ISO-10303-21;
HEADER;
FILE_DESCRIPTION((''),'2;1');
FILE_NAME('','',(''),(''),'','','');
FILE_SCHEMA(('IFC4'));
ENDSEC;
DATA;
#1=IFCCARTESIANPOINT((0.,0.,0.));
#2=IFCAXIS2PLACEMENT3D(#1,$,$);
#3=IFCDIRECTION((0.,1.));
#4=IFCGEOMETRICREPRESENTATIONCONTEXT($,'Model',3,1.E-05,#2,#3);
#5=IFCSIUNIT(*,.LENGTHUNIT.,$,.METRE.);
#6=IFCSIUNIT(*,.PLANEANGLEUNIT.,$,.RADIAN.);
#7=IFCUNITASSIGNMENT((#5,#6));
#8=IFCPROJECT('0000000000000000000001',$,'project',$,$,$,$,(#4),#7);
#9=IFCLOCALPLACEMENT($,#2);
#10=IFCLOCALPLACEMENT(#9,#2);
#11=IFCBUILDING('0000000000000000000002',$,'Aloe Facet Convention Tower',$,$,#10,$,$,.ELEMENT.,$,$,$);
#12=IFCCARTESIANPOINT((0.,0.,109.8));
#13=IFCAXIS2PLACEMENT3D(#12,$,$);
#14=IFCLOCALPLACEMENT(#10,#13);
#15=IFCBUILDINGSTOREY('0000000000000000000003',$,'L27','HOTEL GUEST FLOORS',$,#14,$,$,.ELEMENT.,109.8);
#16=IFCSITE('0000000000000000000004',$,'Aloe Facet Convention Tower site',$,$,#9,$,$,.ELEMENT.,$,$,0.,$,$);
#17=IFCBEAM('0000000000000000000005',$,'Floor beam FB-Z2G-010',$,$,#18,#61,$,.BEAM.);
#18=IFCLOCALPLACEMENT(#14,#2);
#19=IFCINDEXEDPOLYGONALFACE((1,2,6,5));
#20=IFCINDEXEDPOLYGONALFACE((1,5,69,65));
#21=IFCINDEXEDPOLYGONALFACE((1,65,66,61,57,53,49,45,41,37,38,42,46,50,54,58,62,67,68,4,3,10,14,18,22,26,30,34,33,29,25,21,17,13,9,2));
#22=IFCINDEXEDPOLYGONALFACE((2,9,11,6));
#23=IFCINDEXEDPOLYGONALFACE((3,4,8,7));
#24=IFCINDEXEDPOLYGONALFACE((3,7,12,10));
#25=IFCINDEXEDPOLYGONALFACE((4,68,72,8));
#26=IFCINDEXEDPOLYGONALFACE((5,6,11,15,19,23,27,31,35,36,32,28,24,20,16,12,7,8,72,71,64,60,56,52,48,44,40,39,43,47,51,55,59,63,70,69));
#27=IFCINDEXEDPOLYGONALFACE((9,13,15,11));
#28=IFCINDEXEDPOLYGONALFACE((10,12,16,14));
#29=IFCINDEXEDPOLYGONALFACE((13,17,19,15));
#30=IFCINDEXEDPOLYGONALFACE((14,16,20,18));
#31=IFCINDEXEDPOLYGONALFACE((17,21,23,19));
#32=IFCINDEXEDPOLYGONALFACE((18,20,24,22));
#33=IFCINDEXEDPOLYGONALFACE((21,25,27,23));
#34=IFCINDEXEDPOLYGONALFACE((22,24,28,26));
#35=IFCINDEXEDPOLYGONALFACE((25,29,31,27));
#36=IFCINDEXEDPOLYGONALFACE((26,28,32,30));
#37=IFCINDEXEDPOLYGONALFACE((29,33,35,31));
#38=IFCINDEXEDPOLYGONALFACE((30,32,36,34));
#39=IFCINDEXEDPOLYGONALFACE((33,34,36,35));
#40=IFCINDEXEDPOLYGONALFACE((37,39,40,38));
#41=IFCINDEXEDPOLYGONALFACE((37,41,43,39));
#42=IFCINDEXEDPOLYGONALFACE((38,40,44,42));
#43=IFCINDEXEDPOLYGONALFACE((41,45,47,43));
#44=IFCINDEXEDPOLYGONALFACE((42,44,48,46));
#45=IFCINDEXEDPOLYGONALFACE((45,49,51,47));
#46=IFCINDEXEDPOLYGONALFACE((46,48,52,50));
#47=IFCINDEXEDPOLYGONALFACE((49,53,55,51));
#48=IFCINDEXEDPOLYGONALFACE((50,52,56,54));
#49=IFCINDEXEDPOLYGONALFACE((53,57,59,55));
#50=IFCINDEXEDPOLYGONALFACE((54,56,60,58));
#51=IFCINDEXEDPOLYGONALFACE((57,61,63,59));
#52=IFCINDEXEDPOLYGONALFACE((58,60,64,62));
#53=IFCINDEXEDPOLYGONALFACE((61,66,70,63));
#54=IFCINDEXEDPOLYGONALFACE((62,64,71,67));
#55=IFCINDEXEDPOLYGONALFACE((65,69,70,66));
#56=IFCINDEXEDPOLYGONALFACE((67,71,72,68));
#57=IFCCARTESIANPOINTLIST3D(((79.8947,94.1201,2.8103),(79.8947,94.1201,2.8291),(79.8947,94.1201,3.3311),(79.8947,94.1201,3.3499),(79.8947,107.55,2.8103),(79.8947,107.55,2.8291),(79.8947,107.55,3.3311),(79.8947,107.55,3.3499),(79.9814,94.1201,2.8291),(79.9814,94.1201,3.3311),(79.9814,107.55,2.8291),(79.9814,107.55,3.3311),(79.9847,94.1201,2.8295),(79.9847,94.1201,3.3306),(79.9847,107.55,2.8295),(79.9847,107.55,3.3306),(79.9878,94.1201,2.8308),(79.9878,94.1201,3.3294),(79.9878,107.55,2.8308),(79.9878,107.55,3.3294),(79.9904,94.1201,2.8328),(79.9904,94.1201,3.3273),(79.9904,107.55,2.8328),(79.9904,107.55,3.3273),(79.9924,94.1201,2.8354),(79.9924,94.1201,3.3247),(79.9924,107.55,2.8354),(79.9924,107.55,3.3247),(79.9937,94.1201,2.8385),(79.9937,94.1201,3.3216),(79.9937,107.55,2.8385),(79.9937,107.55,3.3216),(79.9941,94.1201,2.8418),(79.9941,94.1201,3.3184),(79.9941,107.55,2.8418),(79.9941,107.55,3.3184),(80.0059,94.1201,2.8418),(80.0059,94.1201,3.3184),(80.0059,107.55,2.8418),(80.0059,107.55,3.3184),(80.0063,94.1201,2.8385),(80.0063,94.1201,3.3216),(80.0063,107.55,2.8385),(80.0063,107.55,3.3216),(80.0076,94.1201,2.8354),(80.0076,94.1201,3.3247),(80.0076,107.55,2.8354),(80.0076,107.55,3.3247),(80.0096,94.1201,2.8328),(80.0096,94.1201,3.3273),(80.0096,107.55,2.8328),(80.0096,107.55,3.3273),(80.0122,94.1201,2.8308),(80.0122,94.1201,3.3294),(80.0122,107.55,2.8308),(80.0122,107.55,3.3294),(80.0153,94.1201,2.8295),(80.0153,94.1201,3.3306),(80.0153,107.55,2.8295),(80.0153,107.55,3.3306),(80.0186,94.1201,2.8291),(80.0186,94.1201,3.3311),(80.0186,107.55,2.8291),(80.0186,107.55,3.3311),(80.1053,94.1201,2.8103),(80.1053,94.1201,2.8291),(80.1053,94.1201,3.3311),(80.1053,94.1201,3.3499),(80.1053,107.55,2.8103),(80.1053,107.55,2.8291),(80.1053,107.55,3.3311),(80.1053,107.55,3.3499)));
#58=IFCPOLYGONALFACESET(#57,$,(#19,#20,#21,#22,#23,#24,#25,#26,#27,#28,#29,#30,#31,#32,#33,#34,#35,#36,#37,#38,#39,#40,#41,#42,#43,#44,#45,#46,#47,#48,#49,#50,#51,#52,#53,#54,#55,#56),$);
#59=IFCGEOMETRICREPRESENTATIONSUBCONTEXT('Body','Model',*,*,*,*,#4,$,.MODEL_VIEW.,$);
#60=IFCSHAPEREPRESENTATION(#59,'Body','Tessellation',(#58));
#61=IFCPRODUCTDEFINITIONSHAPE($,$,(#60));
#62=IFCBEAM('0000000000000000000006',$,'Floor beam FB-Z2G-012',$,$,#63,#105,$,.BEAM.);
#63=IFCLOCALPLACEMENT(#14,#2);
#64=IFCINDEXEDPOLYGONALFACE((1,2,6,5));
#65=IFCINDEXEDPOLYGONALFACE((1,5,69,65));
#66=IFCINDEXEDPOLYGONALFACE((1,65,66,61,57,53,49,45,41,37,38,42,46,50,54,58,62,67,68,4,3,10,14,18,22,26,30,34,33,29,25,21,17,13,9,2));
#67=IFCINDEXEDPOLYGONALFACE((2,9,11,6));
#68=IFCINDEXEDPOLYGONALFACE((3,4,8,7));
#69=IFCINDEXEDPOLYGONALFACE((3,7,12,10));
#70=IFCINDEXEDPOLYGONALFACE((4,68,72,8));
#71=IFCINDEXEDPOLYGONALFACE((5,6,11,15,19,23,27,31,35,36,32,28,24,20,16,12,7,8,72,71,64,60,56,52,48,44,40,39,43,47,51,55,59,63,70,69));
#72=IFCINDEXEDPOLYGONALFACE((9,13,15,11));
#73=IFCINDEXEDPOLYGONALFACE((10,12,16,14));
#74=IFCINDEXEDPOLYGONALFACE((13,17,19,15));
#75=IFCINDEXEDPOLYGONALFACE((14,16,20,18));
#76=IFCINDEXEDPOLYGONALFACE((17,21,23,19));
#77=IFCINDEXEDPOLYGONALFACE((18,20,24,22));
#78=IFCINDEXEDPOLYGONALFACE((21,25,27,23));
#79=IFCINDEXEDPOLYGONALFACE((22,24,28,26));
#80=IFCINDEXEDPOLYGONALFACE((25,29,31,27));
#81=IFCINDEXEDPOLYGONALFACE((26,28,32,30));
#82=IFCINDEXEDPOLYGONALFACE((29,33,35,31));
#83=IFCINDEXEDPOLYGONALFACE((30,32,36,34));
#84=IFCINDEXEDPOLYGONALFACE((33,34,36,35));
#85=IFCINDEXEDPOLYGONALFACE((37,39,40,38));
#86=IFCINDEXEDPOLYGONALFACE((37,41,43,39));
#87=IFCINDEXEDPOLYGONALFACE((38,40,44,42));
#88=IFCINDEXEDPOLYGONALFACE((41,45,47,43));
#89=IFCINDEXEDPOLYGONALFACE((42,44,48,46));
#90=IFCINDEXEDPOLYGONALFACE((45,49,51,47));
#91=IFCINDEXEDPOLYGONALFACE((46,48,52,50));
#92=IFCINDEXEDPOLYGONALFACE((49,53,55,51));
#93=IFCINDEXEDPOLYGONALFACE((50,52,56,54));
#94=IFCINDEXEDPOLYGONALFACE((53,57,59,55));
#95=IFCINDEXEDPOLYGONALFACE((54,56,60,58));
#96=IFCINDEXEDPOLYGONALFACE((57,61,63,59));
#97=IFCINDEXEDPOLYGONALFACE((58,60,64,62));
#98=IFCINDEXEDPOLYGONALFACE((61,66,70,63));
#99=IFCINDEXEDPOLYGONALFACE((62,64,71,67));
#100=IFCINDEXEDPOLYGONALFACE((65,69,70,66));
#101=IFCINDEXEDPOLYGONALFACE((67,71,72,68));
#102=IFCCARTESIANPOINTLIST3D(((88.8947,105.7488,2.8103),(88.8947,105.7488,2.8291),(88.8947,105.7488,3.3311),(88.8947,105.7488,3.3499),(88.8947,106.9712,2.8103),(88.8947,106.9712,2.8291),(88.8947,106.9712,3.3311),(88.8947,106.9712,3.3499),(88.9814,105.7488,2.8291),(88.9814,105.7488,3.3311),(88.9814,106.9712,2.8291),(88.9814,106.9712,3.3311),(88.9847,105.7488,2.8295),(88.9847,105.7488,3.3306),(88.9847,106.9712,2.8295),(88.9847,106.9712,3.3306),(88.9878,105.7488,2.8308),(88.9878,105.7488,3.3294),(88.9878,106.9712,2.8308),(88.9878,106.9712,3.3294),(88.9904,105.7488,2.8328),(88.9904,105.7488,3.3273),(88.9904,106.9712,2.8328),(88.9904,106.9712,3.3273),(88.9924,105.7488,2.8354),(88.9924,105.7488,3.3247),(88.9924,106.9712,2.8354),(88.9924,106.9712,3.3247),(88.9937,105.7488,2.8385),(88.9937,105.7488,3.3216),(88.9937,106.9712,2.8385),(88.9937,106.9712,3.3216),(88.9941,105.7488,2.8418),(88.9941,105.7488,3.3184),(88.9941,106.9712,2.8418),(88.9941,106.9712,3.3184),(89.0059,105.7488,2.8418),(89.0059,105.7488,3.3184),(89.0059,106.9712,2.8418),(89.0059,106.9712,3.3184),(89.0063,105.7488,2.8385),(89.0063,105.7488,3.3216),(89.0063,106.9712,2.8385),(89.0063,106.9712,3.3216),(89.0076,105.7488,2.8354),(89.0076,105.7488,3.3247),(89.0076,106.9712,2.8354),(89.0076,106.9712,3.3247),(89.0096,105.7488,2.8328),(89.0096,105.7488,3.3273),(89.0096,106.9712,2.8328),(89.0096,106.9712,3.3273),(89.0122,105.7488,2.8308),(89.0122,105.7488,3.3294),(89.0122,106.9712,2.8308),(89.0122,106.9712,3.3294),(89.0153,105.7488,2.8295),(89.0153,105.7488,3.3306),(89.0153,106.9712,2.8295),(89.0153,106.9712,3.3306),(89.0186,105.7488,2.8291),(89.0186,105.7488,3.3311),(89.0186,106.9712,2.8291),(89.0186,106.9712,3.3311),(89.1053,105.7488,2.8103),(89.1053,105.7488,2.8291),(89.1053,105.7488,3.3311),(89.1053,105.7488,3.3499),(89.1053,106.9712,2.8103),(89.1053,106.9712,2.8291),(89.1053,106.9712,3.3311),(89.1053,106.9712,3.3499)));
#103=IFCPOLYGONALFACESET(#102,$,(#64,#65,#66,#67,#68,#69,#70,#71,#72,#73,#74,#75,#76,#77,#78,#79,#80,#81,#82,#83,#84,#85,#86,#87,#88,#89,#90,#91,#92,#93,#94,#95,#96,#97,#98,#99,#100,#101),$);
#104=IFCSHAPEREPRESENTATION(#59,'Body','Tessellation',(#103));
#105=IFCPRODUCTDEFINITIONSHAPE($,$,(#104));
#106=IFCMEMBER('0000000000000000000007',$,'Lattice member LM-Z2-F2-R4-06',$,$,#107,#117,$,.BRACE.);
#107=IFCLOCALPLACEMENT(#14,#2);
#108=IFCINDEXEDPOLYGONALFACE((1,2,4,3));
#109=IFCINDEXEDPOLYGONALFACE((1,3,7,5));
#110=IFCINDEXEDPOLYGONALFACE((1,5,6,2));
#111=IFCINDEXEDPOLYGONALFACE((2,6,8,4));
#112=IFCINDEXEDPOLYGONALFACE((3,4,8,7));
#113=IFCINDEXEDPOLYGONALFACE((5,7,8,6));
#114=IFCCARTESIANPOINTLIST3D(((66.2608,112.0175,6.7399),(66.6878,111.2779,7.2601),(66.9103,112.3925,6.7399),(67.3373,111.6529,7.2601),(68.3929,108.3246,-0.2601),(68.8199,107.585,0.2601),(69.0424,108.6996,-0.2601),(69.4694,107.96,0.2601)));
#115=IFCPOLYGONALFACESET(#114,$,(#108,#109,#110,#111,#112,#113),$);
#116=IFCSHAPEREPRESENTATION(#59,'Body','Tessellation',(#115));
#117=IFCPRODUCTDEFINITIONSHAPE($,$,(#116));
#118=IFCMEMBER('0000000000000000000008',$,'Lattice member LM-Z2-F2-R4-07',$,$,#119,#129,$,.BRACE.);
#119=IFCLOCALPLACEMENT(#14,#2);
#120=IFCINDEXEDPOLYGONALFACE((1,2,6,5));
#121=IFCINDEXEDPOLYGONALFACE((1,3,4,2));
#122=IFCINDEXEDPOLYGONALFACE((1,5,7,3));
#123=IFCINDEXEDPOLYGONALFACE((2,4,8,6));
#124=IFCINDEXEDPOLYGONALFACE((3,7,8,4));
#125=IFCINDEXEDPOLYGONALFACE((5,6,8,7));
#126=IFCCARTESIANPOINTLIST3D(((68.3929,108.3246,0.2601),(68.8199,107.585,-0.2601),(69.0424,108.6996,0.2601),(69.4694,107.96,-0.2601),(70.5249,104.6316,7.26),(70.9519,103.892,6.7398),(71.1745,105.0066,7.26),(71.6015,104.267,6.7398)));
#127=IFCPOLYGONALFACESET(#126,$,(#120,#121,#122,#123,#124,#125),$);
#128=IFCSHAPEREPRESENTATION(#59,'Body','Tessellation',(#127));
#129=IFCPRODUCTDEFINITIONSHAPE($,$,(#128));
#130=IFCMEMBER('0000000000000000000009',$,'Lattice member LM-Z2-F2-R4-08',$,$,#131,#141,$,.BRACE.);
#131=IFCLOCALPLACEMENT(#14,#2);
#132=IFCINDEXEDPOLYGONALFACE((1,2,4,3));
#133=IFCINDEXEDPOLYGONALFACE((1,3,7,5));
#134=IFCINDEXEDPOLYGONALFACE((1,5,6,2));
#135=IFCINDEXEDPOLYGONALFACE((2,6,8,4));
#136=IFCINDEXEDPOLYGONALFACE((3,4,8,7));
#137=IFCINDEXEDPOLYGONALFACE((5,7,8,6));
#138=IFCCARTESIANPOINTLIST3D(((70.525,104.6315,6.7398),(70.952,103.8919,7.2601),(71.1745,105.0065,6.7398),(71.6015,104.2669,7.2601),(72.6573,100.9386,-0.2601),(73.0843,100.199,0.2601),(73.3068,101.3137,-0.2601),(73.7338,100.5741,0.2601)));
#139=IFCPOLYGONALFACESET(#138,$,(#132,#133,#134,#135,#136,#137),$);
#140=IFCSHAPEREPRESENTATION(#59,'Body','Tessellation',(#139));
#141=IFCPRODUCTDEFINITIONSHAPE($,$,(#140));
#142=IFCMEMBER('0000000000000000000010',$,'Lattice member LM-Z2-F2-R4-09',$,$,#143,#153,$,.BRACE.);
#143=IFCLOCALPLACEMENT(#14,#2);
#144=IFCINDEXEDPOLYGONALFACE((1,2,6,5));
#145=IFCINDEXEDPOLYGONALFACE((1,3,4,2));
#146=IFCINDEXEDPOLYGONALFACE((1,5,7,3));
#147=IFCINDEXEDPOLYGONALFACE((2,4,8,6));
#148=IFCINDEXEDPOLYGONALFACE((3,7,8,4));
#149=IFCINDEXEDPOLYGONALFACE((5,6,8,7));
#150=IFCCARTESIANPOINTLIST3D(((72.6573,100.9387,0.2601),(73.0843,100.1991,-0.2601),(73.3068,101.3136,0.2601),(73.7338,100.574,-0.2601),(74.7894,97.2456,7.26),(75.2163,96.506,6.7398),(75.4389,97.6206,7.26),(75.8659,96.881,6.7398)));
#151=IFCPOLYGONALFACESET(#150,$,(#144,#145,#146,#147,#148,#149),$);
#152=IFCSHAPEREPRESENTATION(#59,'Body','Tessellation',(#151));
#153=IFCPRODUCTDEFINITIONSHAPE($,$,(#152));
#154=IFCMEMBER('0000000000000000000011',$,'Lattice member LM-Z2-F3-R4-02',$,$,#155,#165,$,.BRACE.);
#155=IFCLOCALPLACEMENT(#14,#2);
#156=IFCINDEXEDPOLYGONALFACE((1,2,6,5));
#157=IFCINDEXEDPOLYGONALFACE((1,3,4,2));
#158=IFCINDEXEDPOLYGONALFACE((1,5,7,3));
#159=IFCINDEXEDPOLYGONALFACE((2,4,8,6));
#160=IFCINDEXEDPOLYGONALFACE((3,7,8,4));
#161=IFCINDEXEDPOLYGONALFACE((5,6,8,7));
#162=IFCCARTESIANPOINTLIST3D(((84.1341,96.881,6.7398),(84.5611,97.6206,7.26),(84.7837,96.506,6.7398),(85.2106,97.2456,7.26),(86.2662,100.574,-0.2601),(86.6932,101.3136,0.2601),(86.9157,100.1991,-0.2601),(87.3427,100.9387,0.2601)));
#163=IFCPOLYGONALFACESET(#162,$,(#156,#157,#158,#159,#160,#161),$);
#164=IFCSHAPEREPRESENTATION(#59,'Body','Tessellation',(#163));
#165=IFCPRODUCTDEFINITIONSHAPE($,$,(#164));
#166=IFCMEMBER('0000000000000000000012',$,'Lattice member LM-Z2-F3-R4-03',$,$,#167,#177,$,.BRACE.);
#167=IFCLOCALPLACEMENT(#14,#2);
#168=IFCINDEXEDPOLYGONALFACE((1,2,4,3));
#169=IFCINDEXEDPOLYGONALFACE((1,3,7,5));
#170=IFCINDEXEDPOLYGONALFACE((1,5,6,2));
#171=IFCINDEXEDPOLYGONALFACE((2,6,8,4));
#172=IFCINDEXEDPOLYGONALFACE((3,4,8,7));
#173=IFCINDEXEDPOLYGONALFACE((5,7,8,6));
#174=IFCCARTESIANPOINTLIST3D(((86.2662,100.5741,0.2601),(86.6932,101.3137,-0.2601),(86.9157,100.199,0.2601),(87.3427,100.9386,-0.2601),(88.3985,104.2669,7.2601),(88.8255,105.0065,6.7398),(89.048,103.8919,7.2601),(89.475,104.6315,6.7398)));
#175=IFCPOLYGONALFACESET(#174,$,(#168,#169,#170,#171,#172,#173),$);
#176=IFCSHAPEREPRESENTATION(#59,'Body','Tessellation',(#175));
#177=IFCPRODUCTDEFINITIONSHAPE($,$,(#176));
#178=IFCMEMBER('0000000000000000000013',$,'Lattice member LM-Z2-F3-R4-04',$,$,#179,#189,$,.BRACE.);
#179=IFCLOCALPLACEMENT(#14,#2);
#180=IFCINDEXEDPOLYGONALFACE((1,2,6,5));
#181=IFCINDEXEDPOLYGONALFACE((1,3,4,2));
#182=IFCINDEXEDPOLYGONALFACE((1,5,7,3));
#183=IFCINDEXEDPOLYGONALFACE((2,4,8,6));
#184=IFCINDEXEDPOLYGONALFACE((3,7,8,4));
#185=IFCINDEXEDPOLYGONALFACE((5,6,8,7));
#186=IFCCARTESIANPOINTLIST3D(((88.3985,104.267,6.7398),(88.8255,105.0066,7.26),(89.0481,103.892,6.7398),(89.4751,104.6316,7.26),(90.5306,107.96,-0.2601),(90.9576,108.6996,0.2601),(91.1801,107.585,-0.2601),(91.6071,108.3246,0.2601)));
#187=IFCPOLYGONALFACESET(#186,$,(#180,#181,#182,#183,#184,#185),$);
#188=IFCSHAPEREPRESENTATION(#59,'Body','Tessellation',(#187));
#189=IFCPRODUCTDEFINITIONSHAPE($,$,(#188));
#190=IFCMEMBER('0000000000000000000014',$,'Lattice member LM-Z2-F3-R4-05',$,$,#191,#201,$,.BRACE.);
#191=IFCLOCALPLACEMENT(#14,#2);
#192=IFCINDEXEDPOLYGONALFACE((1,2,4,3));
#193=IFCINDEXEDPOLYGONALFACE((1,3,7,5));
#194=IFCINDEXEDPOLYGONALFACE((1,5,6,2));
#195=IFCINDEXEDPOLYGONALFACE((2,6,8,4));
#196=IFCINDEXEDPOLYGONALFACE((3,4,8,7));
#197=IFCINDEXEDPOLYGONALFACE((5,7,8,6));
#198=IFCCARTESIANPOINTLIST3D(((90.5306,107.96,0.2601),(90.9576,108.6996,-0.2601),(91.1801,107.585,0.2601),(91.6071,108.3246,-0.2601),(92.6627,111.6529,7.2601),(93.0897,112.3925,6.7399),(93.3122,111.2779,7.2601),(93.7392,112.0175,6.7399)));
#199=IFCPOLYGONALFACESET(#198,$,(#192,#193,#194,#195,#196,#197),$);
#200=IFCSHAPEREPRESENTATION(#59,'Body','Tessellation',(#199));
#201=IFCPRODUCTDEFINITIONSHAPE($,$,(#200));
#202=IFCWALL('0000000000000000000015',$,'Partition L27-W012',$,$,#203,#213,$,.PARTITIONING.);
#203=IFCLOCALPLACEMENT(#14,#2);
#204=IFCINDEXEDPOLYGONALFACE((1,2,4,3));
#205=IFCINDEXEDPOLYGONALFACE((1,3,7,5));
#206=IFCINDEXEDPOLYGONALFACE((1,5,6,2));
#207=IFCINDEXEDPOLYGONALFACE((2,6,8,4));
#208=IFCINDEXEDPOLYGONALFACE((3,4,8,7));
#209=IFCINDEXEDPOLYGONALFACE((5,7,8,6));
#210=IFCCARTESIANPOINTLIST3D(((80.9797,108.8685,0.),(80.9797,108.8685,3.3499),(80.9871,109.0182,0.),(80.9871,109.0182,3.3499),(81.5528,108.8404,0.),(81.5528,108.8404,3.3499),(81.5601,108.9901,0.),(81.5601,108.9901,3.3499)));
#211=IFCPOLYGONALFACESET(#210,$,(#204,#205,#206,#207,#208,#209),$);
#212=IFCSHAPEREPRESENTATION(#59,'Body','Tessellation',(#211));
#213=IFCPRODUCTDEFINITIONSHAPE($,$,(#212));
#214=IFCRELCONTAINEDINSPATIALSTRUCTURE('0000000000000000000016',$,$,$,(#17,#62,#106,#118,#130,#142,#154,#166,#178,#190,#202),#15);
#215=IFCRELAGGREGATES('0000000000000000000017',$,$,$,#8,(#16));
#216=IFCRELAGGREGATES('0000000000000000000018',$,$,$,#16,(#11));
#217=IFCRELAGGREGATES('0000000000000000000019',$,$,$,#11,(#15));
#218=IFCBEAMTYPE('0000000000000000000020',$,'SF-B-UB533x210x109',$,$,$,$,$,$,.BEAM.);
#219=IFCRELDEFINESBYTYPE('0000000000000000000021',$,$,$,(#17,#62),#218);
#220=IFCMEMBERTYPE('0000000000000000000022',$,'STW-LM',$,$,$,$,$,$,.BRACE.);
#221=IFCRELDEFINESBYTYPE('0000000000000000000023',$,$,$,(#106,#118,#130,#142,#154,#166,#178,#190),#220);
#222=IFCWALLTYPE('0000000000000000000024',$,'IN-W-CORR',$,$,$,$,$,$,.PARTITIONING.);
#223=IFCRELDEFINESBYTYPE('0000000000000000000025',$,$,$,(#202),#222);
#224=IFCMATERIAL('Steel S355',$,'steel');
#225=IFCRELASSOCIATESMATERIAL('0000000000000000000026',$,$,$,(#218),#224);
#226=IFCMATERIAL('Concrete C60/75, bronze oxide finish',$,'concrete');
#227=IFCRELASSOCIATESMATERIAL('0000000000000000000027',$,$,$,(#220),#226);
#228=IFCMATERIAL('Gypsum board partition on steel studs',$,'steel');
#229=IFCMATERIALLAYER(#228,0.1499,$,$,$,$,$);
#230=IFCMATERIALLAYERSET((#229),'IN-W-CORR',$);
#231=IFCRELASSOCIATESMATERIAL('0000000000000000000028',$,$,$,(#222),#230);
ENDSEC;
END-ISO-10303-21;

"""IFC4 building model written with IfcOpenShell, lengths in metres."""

from ifc_helpers import new_model, si_unit, direction, frame, frame_2d, origin, origin_2d, place, context, subcontext, project, spatial, rectangle, i_section, extrude, material, layer, layer_set, material_profile, profile_set, type_object, element, save


model = new_model("IFC4")

# Units and contexts
model_context = context("Model", 3, precision=1e-05, world=origin(), true_north=direction((0.0, 1.0)))
body_context = subcontext(model_context, "Body", "Model", "MODEL_VIEW")
ifc_project = project(units=[si_unit("LENGTHUNIT", "METRE"), si_unit("PLANEANGLEUNIT", "RADIAN")], contexts=[model_context])

# Site, building, storey
site_placement = place(None, origin())
site = spatial("IfcSite", under=ifc_project, at=site_placement, Name="Aloe Facet Convention Tower site", CompositionType="ELEMENT", RefElevation=0.0)
building_placement = place(site_placement, origin())
building = spatial("IfcBuilding", under=site, at=building_placement, Name="Aloe Facet Convention Tower", CompositionType="ELEMENT")
storey_placement = place(building_placement, frame((0.0, 0.0, 109.8)))
storey = spatial("IfcBuildingStorey", under=building, at=storey_placement, Name="L27", Description="HOTEL GUEST FLOORS", CompositionType="ELEMENT", Elevation=109.8)

# Beams
ifc_material_1 = material(Name="Steel S355", Category="steel")
ifc_material_profile_1 = material_profile(ifc_material_1, i_section(OverallWidth=0.2107, OverallDepth=0.5396, WebThickness=0.0117, FlangeThickness=0.0188, FilletRadius=0.0127, at=origin_2d()), Name="UB 533x210x109")
ifc_profile_set_1 = profile_set([ifc_material_profile_1], Name="Steel S355")
beam_type_1 = type_object("IfcBeamType", Name="SF-B-UB533x210x109", PredefinedType="BEAM", material=ifc_profile_set_1)
beam_1_placement = place(storey_placement, frame((80.0, 107.55, 3.0801), z_axis=(0.0, -1.0, 0.0), x_axis=(1.0, 0.0, 0.0)))
element("IfcBeam", 1, at=beam_1_placement, inside=storey, type_object=beam_type_1, Name="Floor beam FB-Z2G-010", PredefinedType="BEAM", context=body_context, shape_type="SweptSolid", body=[
    extrude(i_section(OverallWidth=0.2107, OverallDepth=0.5396, WebThickness=0.0117, FlangeThickness=0.0188, FilletRadius=0.0127, at=origin_2d()), origin(), (0.0, 0.0, 1.0), 13.4299),
])
beam_2_placement = place(storey_placement, frame((89.0, 106.9712, 3.0801), z_axis=(0.0, -1.0, 0.0), x_axis=(1.0, 0.0, 0.0)))
element("IfcBeam", 2, at=beam_2_placement, inside=storey, type_object=beam_type_1, Name="Floor beam FB-Z2G-012", PredefinedType="BEAM", context=body_context, shape_type="SweptSolid", body=[
    extrude(i_section(OverallWidth=0.2107, OverallDepth=0.5396, WebThickness=0.0117, FlangeThickness=0.0188, FilletRadius=0.0127, at=origin_2d()), origin(), (0.0, 0.0, 1.0), 1.2224),
])

# Members
ifc_material_2 = material(Name="Concrete C60/75, bronze oxide finish", Category="concrete")
ifc_material_profile_2 = material_profile(ifc_material_2, rectangle(XDim=0.75, YDim=1.0, at=origin_2d()), Name="STW-LM")
ifc_profile_set_2 = profile_set([ifc_material_profile_2], Name="Concrete C60/75, bronze oxide finish")
member_type = type_object("IfcMemberType", Name="STW-LM", PredefinedType="BRACE", material=ifc_profile_set_2)
for number, where, z_axis, x_axis, name in (
    (3, (68.9312, 108.1423, 0.0), (-0.26012, 0.450541, 0.85402), (-0.866025, -0.5, 0.0), "Lattice member LM-Z2-F2-R4-06"),
    (4, (68.9312, 108.1423, 0.0), (0.260116, -0.450565, 0.854009), (0.86604, 0.499975, 0.0), "Lattice member LM-Z2-F2-R4-07"),
    (5, (73.1956, 100.7563, 0.0), (-0.260148, 0.450537, 0.854014), (-0.866001, -0.500043, 0.0), "Lattice member LM-Z2-F2-R4-08"),
    (6, (73.1956, 100.7563, 0.0), (0.260116, -0.450565, 0.854009), (0.86604, 0.499975, 0.0), "Lattice member LM-Z2-F2-R4-09"),
    (7, (86.8044, 100.7563, 0.0), (-0.260116, -0.450565, 0.854009), (0.86604, -0.499975, 0.0), "Lattice member LM-Z2-F3-R4-02"),
    (8, (86.8044, 100.7563, 0.0), (0.260148, 0.450537, 0.854014), (-0.866001, 0.500043, 0.0), "Lattice member LM-Z2-F3-R4-03"),
    (9, (91.0688, 108.1423, 0.0), (-0.260116, -0.450565, 0.854009), (0.86604, -0.499975, 0.0), "Lattice member LM-Z2-F3-R4-04"),
    (10, (91.0688, 108.1423, 0.0), (0.26012, 0.450541, 0.85402), (-0.866025, 0.5, 0.0), "Lattice member LM-Z2-F3-R4-05"),
):
    element("IfcMember", number, at=place(storey_placement, frame(where, z_axis=z_axis, x_axis=x_axis)), inside=storey, type_object=member_type, Name=name, PredefinedType="BRACE", context=body_context, shape_type="SweptSolid", body=[
        extrude(rectangle(XDim=0.75, YDim=1.0, at=origin_2d()), origin(), (0.0, 0.0, 1.0), 8.1965),
    ])

# Wall
ifc_material_3 = material(Name="Gypsum board partition on steel studs", Category="steel")
ifc_layer_1 = layer(ifc_material_3, 0.1499)
ifc_layer_set_1 = layer_set([ifc_layer_1], Name="IN-W-CORR")
wall_type_1 = type_object("IfcWallType", Name="IN-W-CORR", PredefinedType="PARTITIONING", material=ifc_layer_set_1)
wall_1_placement = place(storey_placement, frame((80.9834, 108.9434, 0.0), z_axis=(0.0, 0.0, 1.0), x_axis=(0.998802, -0.04894, 0.0)))
element("IfcWall", 11, at=wall_1_placement, inside=storey, type_object=wall_type_1, Name="Partition L27-W012", PredefinedType="PARTITIONING", context=body_context, shape_type="SweptSolid", body=[
    extrude(rectangle(XDim=0.5737, YDim=0.1499, at=frame_2d((0.2869, 0.0))), origin(), (0.0, 0.0, 1.0), 3.3499),
])

save(model, "model.ifc")
